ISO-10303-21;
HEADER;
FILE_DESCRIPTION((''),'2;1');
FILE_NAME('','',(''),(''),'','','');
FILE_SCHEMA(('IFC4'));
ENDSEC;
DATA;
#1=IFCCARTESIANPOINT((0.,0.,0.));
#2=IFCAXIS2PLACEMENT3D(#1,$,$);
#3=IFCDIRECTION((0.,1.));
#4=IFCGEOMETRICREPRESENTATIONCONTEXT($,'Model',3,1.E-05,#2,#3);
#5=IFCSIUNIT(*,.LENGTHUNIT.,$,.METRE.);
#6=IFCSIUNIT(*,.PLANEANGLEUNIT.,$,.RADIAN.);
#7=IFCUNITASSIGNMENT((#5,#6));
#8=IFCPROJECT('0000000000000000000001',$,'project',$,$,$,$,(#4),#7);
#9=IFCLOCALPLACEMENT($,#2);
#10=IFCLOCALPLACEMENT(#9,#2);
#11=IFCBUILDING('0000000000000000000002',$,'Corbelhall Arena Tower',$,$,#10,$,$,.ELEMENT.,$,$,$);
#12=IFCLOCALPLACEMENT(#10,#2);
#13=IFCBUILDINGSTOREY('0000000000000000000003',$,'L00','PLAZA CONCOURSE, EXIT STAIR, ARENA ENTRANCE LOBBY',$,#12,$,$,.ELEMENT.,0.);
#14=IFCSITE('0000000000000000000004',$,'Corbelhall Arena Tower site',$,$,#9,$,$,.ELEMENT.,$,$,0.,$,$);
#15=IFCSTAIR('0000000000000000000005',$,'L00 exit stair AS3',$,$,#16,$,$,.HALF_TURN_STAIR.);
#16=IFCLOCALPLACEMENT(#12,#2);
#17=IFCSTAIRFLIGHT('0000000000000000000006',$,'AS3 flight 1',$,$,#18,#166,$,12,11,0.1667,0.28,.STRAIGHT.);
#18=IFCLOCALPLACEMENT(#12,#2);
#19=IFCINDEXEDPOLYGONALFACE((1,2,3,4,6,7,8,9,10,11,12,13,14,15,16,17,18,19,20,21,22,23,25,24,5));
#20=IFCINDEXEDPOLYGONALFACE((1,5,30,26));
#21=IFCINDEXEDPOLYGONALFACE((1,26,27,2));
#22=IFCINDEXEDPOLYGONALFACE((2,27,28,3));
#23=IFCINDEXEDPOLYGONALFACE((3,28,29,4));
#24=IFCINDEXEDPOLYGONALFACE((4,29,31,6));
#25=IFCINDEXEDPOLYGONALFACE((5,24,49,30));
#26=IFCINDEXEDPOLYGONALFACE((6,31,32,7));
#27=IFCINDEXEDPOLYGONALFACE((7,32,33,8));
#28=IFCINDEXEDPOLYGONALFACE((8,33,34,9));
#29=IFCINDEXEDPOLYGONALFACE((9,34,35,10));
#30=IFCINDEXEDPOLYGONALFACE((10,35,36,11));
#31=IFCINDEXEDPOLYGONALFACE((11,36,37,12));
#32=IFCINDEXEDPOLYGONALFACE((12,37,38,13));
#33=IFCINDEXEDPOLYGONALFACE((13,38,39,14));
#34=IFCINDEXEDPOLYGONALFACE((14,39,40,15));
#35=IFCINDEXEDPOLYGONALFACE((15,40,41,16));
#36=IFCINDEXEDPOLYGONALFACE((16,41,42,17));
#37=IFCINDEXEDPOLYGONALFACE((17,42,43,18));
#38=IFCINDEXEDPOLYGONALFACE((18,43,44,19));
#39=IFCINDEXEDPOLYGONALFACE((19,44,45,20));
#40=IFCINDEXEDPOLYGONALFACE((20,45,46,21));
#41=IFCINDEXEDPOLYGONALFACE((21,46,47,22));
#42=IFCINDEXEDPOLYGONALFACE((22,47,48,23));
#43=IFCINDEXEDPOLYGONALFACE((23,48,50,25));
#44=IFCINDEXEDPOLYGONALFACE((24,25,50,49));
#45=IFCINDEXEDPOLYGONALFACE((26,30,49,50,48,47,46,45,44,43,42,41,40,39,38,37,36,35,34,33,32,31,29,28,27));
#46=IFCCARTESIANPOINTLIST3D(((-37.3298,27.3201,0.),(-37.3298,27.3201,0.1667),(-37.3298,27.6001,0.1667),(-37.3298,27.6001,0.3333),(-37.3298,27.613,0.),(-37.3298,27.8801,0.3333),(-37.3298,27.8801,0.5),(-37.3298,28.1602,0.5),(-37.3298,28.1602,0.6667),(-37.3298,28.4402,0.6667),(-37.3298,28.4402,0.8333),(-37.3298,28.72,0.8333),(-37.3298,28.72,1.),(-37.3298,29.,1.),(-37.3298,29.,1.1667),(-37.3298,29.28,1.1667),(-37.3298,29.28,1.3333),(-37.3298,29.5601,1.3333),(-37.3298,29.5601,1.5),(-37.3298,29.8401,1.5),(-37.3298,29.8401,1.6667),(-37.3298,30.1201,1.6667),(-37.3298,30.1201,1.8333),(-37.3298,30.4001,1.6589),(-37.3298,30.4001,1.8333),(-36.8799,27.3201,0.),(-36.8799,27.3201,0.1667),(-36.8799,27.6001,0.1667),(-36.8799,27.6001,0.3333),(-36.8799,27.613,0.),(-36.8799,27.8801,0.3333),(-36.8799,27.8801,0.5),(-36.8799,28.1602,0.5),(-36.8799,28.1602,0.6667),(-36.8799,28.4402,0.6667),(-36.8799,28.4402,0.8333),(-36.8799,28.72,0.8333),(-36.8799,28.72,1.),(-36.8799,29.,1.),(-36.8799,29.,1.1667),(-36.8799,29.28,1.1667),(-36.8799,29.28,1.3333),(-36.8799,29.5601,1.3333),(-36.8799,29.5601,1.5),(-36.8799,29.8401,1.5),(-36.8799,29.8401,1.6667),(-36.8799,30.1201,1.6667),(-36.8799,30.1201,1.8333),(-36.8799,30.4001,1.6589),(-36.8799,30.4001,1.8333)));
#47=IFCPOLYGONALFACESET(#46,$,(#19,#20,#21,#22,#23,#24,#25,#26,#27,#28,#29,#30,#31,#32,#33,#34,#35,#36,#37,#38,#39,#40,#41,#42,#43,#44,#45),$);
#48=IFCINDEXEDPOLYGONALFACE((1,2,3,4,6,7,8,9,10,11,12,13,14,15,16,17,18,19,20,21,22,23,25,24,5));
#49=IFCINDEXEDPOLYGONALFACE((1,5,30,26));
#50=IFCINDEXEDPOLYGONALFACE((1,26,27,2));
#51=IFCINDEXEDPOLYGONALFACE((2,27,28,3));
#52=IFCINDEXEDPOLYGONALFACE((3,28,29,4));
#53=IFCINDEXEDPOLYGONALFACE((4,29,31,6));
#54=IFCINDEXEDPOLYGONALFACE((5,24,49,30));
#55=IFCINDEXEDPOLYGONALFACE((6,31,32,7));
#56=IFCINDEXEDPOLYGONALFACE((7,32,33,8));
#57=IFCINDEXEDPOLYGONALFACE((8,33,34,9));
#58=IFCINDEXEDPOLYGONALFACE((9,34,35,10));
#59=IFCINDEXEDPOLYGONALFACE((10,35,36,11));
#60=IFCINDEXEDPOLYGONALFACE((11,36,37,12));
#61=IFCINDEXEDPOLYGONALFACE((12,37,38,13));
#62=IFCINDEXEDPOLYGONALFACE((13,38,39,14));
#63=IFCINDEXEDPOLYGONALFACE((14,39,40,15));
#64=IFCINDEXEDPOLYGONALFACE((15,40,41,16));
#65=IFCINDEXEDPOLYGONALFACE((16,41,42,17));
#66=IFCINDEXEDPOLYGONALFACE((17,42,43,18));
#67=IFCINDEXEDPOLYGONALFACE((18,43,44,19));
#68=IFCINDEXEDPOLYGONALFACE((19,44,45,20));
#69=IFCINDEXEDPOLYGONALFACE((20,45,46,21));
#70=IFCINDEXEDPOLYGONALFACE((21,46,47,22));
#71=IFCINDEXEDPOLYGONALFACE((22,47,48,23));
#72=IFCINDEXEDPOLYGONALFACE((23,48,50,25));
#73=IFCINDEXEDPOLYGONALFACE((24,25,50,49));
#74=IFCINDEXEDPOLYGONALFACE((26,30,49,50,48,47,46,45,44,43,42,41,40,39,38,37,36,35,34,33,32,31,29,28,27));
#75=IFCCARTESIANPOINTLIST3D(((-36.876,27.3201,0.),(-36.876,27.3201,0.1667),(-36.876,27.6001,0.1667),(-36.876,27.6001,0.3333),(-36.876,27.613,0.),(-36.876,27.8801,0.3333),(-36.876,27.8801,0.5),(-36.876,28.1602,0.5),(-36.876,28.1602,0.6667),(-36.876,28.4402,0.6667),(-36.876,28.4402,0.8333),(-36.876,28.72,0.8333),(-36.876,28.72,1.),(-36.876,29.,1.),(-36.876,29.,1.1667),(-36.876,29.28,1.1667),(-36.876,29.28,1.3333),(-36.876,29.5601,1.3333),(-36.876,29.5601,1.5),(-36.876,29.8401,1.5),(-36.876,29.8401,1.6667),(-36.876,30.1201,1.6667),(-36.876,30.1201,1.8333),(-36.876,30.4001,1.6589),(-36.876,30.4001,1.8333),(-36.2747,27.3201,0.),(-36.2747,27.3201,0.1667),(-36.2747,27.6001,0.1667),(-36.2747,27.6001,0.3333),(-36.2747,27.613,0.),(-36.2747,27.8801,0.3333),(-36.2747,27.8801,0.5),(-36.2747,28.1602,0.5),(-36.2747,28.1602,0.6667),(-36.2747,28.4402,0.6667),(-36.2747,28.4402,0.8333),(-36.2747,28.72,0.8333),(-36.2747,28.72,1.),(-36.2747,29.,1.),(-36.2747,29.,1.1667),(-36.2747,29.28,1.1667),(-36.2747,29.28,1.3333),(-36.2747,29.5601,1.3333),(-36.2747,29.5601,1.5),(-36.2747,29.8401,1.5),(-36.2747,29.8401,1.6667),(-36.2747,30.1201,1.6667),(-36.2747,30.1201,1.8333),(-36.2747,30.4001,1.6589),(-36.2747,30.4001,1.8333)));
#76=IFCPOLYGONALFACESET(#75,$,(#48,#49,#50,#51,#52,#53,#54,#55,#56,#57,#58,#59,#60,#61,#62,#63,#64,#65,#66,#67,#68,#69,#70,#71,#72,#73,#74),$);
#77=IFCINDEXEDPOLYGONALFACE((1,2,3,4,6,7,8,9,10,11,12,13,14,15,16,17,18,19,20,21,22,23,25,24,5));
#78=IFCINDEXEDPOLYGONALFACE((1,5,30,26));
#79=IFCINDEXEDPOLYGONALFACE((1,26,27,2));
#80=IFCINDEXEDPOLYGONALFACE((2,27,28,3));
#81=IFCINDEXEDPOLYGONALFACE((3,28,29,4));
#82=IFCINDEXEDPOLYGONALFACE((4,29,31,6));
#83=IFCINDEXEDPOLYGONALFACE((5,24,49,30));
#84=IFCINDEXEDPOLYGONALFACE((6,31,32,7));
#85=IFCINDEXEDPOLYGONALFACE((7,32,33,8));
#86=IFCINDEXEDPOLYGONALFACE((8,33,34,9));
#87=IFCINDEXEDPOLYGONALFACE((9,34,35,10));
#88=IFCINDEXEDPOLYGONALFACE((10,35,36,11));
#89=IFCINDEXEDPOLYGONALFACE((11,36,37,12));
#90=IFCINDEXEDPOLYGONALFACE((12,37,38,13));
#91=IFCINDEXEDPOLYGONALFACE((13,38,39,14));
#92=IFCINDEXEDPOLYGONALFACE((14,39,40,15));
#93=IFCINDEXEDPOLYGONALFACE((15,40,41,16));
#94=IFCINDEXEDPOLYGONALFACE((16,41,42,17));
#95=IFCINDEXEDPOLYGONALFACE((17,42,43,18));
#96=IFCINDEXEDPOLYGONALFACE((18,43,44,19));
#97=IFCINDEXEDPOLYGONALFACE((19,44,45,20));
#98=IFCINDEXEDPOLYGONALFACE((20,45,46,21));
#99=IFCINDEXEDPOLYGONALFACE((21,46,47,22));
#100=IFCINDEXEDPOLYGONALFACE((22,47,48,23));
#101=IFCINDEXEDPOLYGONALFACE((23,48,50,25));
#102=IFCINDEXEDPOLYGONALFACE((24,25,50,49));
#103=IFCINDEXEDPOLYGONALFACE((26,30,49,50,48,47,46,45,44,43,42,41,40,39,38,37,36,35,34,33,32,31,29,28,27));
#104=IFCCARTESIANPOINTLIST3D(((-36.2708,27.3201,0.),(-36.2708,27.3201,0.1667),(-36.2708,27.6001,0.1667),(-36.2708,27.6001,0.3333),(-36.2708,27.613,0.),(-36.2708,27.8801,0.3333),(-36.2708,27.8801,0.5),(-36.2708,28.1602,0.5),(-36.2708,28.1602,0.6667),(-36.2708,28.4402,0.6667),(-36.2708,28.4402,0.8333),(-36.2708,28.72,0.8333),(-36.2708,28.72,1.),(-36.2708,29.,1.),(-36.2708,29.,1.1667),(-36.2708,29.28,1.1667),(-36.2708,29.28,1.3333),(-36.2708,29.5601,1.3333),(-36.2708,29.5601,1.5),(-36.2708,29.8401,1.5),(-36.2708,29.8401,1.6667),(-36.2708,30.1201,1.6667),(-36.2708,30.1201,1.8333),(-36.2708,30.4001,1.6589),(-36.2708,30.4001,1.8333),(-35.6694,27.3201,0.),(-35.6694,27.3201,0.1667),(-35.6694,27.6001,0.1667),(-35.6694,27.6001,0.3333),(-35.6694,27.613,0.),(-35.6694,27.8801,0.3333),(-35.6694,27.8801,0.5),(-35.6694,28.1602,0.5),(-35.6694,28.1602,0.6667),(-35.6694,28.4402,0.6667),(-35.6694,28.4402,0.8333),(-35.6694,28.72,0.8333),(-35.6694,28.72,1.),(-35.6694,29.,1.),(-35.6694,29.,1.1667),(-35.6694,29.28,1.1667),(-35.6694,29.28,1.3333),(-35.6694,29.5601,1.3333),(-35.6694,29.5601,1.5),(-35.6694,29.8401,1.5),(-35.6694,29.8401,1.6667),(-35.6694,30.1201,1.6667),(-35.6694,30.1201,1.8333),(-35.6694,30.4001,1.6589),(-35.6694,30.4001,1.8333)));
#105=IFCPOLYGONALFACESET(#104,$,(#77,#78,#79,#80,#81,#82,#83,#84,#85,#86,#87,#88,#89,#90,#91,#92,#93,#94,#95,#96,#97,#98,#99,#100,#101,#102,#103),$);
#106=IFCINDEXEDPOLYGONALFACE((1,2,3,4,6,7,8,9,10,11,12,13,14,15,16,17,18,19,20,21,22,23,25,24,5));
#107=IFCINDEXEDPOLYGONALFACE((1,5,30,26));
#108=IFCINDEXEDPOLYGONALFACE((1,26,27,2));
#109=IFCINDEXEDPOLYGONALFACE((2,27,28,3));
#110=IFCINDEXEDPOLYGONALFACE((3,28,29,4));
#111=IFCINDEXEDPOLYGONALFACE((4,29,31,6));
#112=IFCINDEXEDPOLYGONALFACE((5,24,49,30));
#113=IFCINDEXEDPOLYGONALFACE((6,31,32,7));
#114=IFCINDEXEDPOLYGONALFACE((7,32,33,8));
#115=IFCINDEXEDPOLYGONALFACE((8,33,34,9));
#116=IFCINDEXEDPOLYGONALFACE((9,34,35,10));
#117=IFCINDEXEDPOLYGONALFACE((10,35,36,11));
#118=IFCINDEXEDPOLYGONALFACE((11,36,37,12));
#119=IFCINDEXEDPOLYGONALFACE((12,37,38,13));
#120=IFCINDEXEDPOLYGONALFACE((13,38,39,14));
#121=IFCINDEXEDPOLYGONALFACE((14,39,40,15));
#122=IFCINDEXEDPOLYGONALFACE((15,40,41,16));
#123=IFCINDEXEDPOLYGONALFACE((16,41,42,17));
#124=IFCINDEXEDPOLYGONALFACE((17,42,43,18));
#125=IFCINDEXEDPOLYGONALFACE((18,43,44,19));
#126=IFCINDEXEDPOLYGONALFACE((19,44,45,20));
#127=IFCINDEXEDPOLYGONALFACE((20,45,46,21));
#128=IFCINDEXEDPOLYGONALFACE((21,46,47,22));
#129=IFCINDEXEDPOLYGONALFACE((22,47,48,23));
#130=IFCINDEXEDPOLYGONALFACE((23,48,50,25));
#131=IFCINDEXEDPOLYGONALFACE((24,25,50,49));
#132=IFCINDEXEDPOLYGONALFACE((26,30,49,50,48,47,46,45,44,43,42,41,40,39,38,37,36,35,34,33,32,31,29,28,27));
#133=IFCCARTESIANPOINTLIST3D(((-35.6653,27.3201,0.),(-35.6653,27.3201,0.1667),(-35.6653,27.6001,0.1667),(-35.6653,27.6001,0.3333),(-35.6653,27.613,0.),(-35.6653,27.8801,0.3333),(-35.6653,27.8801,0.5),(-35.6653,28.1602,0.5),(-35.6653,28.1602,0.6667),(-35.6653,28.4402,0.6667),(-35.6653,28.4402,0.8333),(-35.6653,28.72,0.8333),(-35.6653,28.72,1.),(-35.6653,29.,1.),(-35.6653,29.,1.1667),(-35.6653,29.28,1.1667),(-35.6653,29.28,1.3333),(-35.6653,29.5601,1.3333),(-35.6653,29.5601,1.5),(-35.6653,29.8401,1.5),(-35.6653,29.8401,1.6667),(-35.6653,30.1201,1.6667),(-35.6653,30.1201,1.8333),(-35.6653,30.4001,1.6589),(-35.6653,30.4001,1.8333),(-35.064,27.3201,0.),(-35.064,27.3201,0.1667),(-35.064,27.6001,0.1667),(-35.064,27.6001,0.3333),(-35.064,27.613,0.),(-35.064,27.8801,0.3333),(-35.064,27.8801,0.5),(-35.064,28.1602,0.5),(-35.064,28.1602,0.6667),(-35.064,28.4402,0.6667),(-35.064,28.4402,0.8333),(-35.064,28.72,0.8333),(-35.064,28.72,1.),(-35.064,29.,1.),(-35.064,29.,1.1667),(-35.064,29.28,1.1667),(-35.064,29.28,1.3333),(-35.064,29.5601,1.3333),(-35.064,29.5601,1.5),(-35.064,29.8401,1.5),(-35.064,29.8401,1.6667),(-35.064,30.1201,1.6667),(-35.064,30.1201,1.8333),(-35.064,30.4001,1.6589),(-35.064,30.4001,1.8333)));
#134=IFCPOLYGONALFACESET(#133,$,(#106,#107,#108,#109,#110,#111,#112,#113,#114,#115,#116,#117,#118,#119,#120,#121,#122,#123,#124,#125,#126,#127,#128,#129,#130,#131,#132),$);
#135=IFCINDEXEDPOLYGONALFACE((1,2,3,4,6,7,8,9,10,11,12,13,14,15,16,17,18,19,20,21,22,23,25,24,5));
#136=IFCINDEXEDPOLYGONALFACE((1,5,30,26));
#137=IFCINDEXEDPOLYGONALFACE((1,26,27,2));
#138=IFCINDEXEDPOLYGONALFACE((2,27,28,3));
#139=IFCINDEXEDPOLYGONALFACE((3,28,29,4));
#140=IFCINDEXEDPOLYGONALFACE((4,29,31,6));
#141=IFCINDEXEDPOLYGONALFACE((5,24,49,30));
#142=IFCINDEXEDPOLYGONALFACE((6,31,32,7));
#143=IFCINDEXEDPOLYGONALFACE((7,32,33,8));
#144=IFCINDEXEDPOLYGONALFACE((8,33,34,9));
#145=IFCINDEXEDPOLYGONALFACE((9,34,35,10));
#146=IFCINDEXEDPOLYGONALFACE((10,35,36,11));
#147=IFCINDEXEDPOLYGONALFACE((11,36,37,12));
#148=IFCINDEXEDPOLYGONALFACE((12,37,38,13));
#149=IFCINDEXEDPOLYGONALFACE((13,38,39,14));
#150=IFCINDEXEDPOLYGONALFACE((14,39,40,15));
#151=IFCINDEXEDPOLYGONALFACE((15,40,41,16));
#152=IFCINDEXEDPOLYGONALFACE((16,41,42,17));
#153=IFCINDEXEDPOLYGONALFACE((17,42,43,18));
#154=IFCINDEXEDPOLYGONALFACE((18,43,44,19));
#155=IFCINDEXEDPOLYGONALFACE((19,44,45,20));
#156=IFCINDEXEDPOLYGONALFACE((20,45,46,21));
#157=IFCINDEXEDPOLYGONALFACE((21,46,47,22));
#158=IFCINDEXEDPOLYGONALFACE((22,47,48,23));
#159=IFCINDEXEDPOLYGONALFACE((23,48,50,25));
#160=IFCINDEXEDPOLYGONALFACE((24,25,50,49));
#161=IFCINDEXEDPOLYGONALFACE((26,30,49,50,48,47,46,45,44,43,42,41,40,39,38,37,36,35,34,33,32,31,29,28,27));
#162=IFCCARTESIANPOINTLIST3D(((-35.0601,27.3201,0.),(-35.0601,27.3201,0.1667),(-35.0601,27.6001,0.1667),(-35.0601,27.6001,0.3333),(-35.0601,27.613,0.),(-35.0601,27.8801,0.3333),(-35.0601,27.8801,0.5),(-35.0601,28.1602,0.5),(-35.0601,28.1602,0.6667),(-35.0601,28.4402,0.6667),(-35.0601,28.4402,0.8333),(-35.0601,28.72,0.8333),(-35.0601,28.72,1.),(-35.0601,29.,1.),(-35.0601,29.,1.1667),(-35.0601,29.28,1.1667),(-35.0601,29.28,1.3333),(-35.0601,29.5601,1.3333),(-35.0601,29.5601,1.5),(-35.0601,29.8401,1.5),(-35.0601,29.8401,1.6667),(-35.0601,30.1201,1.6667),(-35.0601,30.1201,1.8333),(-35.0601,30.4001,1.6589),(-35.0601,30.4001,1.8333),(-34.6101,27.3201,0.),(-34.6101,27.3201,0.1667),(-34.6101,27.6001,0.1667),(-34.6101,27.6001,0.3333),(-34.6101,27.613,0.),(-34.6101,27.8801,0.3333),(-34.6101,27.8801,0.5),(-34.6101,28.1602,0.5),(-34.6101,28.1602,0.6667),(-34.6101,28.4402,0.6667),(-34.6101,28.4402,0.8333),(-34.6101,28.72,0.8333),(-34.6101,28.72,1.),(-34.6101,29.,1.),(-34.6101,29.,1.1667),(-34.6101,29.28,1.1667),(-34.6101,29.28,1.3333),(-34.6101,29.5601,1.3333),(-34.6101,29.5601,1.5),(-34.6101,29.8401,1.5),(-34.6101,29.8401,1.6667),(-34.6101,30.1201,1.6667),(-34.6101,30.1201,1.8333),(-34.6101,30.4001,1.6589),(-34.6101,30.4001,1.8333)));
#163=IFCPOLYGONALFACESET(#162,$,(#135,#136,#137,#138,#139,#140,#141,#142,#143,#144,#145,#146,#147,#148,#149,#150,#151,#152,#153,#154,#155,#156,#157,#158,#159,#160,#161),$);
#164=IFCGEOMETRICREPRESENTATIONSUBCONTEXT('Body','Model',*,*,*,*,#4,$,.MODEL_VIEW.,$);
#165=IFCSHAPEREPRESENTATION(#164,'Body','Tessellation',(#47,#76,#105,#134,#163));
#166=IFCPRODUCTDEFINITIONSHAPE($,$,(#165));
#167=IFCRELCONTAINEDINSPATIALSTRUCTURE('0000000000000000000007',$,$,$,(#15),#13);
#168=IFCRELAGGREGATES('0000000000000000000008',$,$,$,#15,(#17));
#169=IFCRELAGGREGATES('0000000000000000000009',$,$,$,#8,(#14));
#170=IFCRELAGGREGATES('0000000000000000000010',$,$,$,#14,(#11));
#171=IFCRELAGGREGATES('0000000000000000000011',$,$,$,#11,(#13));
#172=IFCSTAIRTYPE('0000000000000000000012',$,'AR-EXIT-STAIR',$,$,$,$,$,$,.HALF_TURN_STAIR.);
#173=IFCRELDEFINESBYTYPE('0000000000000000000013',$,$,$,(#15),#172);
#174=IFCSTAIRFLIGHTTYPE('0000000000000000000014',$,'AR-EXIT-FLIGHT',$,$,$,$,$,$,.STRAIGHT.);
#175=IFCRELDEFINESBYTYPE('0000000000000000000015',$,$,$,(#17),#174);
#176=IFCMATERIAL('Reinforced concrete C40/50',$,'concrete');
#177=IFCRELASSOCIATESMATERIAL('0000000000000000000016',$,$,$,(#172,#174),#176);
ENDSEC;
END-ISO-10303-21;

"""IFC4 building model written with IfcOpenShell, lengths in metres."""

from ifc_helpers import new_model, si_unit, direction, frame, origin, place, context, subcontext, project, spatial, polyline, outline, extrude, material, type_object, element, aggregate, save


model = new_model("IFC4")

# Units and contexts
model_context = context("Model", 3, precision=1e-05, world=origin(), true_north=direction((0.0, 1.0)))
body_context = subcontext(model_context, "Body", "Model", "MODEL_VIEW")
ifc_project = project(units=[si_unit("LENGTHUNIT", "METRE"), si_unit("PLANEANGLEUNIT", "RADIAN")], contexts=[model_context])

# Site, building, storey
site_placement = place(None, origin())
site = spatial("IfcSite", under=ifc_project, at=site_placement, Name="Corbelhall Arena Tower site", CompositionType="ELEMENT", RefElevation=0.0)
building_placement = place(site_placement, origin())
building = spatial("IfcBuilding", under=site, at=building_placement, Name="Corbelhall Arena Tower", CompositionType="ELEMENT")
storey_placement = place(building_placement, origin())
storey = spatial("IfcBuildingStorey", under=building, at=storey_placement, Name="L00", Description="PLAZA CONCOURSE, EXIT STAIR, ARENA ENTRANCE LOBBY", CompositionType="ELEMENT", Elevation=0.0)

# Shared definitions
ifc_material_1 = material(Name="Reinforced concrete C40/50", Category="concrete")

# Stair, stair flight
stair_type = type_object("IfcStairType", Name="AR-EXIT-STAIR", PredefinedType="HALF_TURN_STAIR", material=ifc_material_1)
stair_1_placement = place(storey_placement, origin())
stair_1 = element("IfcStair", 1, at=stair_1_placement, inside=storey, type_object=stair_type, Name="L00 exit stair AS3", PredefinedType="HALF_TURN_STAIR")
stair_flight_type = type_object("IfcStairFlightType", Name="AR-EXIT-FLIGHT", PredefinedType="STRAIGHT", material=ifc_material_1)
stair_flight_1_placement = place(storey_placement, frame((-35.97, 27.3201, 0.0), z_axis=(0.0, 0.0, 1.0), x_axis=(0.0, 1.0, 0.0)))
stair_flight_1 = element("IfcStairFlight", 2, at=stair_flight_1_placement, type_object=stair_flight_type, Name="AS3 flight 1", NumberOfRisers=12, NumberOfTreads=11, PredefinedType="STRAIGHT", RiserHeight=0.1667, TreadLength=0.28, context=body_context, shape_type="SweptSolid", body=[
    extrude(outline(polyline([(0.0, 0.0), (0.0, 0.1667), (0.28, 0.1667), (0.28, 0.3333), (0.5601, 0.3333), (0.5601, 0.5), (0.8401, 0.5), (0.8401, 0.6667), (1.1201, 0.6667), (1.1201, 0.8333), (1.3999, 0.8333), (1.3999, 1.0), (1.6799, 1.0), (1.6799, 1.1667), (1.96, 1.1667), (1.96, 1.3333), (2.24, 1.3333), (2.24, 1.5), (2.52, 1.5), (2.52, 1.6667), (2.8, 1.6667), (2.8, 1.8333), (3.0801, 1.8333), (3.0801, 2.0), (3.0801, 1.6589), (0.293, 0.0), (0.0, 0.0)])), frame((0.0, 1.3599, 0.0), z_axis=(0.0, -1.0, 0.0), x_axis=(1.0, 0.0, 0.0)), (0.0, 0.0, 1.0), 0.45),
    extrude(outline(polyline([(0.0, 0.0), (0.0, 0.1667), (0.28, 0.1667), (0.28, 0.3333), (0.5601, 0.3333), (0.5601, 0.5), (0.8401, 0.5), (0.8401, 0.6667), (1.1201, 0.6667), (1.1201, 0.8333), (1.3999, 0.8333), (1.3999, 1.0), (1.6799, 1.0), (1.6799, 1.1667), (1.96, 1.1667), (1.96, 1.3333), (2.24, 1.3333), (2.24, 1.5), (2.52, 1.5), (2.52, 1.6667), (2.8, 1.6667), (2.8, 1.8333), (3.0801, 1.8333), (3.0801, 2.0), (3.0801, 1.6589), (0.293, 0.0), (0.0, 0.0)])), frame((0.0, 0.906, 0.0), z_axis=(0.0, -1.0, 0.0), x_axis=(1.0, 0.0, 0.0)), (0.0, 0.0, 1.0), 0.6013),
    extrude(outline(polyline([(0.0, 0.0), (0.0, 0.1667), (0.28, 0.1667), (0.28, 0.3333), (0.5601, 0.3333), (0.5601, 0.5), (0.8401, 0.5), (0.8401, 0.6667), (1.1201, 0.6667), (1.1201, 0.8333), (1.3999, 0.8333), (1.3999, 1.0), (1.6799, 1.0), (1.6799, 1.1667), (1.96, 1.1667), (1.96, 1.3333), (2.24, 1.3333), (2.24, 1.5), (2.52, 1.5), (2.52, 1.6667), (2.8, 1.6667), (2.8, 1.8333), (3.0801, 1.8333), (3.0801, 2.0), (3.0801, 1.6589), (0.293, 0.0), (0.0, 0.0)])), frame((0.0, 0.3008, 0.0), z_axis=(0.0, -1.0, 0.0), x_axis=(1.0, 0.0, 0.0)), (0.0, 0.0, 1.0), 0.6013),
    extrude(outline(polyline([(0.0, 0.0), (0.0, 0.1667), (0.28, 0.1667), (0.28, 0.3333), (0.5601, 0.3333), (0.5601, 0.5), (0.8401, 0.5), (0.8401, 0.6667), (1.1201, 0.6667), (1.1201, 0.8333), (1.3999, 0.8333), (1.3999, 1.0), (1.6799, 1.0), (1.6799, 1.1667), (1.96, 1.1667), (1.96, 1.3333), (2.24, 1.3333), (2.24, 1.5), (2.52, 1.5), (2.52, 1.6667), (2.8, 1.6667), (2.8, 1.8333), (3.0801, 1.8333), (3.0801, 2.0), (3.0801, 1.6589), (0.293, 0.0), (0.0, 0.0)])), frame((0.0, -0.3047, 0.0), z_axis=(0.0, -1.0, 0.0), x_axis=(1.0, 0.0, 0.0)), (0.0, 0.0, 1.0), 0.6013),
    extrude(outline(polyline([(0.0, 0.0), (0.0, 0.1667), (0.28, 0.1667), (0.28, 0.3333), (0.5601, 0.3333), (0.5601, 0.5), (0.8401, 0.5), (0.8401, 0.6667), (1.1201, 0.6667), (1.1201, 0.8333), (1.3999, 0.8333), (1.3999, 1.0), (1.6799, 1.0), (1.6799, 1.1667), (1.96, 1.1667), (1.96, 1.3333), (2.24, 1.3333), (2.24, 1.5), (2.52, 1.5), (2.52, 1.6667), (2.8, 1.6667), (2.8, 1.8333), (3.0801, 1.8333), (3.0801, 2.0), (3.0801, 1.6589), (0.293, 0.0), (0.0, 0.0)])), frame((0.0, -0.9099, 0.0), z_axis=(0.0, -1.0, 0.0), x_axis=(1.0, 0.0, 0.0)), (0.0, 0.0, 1.0), 0.45),
])
aggregate(stair_1, [stair_flight_1])

save(model, "model.ifc")
